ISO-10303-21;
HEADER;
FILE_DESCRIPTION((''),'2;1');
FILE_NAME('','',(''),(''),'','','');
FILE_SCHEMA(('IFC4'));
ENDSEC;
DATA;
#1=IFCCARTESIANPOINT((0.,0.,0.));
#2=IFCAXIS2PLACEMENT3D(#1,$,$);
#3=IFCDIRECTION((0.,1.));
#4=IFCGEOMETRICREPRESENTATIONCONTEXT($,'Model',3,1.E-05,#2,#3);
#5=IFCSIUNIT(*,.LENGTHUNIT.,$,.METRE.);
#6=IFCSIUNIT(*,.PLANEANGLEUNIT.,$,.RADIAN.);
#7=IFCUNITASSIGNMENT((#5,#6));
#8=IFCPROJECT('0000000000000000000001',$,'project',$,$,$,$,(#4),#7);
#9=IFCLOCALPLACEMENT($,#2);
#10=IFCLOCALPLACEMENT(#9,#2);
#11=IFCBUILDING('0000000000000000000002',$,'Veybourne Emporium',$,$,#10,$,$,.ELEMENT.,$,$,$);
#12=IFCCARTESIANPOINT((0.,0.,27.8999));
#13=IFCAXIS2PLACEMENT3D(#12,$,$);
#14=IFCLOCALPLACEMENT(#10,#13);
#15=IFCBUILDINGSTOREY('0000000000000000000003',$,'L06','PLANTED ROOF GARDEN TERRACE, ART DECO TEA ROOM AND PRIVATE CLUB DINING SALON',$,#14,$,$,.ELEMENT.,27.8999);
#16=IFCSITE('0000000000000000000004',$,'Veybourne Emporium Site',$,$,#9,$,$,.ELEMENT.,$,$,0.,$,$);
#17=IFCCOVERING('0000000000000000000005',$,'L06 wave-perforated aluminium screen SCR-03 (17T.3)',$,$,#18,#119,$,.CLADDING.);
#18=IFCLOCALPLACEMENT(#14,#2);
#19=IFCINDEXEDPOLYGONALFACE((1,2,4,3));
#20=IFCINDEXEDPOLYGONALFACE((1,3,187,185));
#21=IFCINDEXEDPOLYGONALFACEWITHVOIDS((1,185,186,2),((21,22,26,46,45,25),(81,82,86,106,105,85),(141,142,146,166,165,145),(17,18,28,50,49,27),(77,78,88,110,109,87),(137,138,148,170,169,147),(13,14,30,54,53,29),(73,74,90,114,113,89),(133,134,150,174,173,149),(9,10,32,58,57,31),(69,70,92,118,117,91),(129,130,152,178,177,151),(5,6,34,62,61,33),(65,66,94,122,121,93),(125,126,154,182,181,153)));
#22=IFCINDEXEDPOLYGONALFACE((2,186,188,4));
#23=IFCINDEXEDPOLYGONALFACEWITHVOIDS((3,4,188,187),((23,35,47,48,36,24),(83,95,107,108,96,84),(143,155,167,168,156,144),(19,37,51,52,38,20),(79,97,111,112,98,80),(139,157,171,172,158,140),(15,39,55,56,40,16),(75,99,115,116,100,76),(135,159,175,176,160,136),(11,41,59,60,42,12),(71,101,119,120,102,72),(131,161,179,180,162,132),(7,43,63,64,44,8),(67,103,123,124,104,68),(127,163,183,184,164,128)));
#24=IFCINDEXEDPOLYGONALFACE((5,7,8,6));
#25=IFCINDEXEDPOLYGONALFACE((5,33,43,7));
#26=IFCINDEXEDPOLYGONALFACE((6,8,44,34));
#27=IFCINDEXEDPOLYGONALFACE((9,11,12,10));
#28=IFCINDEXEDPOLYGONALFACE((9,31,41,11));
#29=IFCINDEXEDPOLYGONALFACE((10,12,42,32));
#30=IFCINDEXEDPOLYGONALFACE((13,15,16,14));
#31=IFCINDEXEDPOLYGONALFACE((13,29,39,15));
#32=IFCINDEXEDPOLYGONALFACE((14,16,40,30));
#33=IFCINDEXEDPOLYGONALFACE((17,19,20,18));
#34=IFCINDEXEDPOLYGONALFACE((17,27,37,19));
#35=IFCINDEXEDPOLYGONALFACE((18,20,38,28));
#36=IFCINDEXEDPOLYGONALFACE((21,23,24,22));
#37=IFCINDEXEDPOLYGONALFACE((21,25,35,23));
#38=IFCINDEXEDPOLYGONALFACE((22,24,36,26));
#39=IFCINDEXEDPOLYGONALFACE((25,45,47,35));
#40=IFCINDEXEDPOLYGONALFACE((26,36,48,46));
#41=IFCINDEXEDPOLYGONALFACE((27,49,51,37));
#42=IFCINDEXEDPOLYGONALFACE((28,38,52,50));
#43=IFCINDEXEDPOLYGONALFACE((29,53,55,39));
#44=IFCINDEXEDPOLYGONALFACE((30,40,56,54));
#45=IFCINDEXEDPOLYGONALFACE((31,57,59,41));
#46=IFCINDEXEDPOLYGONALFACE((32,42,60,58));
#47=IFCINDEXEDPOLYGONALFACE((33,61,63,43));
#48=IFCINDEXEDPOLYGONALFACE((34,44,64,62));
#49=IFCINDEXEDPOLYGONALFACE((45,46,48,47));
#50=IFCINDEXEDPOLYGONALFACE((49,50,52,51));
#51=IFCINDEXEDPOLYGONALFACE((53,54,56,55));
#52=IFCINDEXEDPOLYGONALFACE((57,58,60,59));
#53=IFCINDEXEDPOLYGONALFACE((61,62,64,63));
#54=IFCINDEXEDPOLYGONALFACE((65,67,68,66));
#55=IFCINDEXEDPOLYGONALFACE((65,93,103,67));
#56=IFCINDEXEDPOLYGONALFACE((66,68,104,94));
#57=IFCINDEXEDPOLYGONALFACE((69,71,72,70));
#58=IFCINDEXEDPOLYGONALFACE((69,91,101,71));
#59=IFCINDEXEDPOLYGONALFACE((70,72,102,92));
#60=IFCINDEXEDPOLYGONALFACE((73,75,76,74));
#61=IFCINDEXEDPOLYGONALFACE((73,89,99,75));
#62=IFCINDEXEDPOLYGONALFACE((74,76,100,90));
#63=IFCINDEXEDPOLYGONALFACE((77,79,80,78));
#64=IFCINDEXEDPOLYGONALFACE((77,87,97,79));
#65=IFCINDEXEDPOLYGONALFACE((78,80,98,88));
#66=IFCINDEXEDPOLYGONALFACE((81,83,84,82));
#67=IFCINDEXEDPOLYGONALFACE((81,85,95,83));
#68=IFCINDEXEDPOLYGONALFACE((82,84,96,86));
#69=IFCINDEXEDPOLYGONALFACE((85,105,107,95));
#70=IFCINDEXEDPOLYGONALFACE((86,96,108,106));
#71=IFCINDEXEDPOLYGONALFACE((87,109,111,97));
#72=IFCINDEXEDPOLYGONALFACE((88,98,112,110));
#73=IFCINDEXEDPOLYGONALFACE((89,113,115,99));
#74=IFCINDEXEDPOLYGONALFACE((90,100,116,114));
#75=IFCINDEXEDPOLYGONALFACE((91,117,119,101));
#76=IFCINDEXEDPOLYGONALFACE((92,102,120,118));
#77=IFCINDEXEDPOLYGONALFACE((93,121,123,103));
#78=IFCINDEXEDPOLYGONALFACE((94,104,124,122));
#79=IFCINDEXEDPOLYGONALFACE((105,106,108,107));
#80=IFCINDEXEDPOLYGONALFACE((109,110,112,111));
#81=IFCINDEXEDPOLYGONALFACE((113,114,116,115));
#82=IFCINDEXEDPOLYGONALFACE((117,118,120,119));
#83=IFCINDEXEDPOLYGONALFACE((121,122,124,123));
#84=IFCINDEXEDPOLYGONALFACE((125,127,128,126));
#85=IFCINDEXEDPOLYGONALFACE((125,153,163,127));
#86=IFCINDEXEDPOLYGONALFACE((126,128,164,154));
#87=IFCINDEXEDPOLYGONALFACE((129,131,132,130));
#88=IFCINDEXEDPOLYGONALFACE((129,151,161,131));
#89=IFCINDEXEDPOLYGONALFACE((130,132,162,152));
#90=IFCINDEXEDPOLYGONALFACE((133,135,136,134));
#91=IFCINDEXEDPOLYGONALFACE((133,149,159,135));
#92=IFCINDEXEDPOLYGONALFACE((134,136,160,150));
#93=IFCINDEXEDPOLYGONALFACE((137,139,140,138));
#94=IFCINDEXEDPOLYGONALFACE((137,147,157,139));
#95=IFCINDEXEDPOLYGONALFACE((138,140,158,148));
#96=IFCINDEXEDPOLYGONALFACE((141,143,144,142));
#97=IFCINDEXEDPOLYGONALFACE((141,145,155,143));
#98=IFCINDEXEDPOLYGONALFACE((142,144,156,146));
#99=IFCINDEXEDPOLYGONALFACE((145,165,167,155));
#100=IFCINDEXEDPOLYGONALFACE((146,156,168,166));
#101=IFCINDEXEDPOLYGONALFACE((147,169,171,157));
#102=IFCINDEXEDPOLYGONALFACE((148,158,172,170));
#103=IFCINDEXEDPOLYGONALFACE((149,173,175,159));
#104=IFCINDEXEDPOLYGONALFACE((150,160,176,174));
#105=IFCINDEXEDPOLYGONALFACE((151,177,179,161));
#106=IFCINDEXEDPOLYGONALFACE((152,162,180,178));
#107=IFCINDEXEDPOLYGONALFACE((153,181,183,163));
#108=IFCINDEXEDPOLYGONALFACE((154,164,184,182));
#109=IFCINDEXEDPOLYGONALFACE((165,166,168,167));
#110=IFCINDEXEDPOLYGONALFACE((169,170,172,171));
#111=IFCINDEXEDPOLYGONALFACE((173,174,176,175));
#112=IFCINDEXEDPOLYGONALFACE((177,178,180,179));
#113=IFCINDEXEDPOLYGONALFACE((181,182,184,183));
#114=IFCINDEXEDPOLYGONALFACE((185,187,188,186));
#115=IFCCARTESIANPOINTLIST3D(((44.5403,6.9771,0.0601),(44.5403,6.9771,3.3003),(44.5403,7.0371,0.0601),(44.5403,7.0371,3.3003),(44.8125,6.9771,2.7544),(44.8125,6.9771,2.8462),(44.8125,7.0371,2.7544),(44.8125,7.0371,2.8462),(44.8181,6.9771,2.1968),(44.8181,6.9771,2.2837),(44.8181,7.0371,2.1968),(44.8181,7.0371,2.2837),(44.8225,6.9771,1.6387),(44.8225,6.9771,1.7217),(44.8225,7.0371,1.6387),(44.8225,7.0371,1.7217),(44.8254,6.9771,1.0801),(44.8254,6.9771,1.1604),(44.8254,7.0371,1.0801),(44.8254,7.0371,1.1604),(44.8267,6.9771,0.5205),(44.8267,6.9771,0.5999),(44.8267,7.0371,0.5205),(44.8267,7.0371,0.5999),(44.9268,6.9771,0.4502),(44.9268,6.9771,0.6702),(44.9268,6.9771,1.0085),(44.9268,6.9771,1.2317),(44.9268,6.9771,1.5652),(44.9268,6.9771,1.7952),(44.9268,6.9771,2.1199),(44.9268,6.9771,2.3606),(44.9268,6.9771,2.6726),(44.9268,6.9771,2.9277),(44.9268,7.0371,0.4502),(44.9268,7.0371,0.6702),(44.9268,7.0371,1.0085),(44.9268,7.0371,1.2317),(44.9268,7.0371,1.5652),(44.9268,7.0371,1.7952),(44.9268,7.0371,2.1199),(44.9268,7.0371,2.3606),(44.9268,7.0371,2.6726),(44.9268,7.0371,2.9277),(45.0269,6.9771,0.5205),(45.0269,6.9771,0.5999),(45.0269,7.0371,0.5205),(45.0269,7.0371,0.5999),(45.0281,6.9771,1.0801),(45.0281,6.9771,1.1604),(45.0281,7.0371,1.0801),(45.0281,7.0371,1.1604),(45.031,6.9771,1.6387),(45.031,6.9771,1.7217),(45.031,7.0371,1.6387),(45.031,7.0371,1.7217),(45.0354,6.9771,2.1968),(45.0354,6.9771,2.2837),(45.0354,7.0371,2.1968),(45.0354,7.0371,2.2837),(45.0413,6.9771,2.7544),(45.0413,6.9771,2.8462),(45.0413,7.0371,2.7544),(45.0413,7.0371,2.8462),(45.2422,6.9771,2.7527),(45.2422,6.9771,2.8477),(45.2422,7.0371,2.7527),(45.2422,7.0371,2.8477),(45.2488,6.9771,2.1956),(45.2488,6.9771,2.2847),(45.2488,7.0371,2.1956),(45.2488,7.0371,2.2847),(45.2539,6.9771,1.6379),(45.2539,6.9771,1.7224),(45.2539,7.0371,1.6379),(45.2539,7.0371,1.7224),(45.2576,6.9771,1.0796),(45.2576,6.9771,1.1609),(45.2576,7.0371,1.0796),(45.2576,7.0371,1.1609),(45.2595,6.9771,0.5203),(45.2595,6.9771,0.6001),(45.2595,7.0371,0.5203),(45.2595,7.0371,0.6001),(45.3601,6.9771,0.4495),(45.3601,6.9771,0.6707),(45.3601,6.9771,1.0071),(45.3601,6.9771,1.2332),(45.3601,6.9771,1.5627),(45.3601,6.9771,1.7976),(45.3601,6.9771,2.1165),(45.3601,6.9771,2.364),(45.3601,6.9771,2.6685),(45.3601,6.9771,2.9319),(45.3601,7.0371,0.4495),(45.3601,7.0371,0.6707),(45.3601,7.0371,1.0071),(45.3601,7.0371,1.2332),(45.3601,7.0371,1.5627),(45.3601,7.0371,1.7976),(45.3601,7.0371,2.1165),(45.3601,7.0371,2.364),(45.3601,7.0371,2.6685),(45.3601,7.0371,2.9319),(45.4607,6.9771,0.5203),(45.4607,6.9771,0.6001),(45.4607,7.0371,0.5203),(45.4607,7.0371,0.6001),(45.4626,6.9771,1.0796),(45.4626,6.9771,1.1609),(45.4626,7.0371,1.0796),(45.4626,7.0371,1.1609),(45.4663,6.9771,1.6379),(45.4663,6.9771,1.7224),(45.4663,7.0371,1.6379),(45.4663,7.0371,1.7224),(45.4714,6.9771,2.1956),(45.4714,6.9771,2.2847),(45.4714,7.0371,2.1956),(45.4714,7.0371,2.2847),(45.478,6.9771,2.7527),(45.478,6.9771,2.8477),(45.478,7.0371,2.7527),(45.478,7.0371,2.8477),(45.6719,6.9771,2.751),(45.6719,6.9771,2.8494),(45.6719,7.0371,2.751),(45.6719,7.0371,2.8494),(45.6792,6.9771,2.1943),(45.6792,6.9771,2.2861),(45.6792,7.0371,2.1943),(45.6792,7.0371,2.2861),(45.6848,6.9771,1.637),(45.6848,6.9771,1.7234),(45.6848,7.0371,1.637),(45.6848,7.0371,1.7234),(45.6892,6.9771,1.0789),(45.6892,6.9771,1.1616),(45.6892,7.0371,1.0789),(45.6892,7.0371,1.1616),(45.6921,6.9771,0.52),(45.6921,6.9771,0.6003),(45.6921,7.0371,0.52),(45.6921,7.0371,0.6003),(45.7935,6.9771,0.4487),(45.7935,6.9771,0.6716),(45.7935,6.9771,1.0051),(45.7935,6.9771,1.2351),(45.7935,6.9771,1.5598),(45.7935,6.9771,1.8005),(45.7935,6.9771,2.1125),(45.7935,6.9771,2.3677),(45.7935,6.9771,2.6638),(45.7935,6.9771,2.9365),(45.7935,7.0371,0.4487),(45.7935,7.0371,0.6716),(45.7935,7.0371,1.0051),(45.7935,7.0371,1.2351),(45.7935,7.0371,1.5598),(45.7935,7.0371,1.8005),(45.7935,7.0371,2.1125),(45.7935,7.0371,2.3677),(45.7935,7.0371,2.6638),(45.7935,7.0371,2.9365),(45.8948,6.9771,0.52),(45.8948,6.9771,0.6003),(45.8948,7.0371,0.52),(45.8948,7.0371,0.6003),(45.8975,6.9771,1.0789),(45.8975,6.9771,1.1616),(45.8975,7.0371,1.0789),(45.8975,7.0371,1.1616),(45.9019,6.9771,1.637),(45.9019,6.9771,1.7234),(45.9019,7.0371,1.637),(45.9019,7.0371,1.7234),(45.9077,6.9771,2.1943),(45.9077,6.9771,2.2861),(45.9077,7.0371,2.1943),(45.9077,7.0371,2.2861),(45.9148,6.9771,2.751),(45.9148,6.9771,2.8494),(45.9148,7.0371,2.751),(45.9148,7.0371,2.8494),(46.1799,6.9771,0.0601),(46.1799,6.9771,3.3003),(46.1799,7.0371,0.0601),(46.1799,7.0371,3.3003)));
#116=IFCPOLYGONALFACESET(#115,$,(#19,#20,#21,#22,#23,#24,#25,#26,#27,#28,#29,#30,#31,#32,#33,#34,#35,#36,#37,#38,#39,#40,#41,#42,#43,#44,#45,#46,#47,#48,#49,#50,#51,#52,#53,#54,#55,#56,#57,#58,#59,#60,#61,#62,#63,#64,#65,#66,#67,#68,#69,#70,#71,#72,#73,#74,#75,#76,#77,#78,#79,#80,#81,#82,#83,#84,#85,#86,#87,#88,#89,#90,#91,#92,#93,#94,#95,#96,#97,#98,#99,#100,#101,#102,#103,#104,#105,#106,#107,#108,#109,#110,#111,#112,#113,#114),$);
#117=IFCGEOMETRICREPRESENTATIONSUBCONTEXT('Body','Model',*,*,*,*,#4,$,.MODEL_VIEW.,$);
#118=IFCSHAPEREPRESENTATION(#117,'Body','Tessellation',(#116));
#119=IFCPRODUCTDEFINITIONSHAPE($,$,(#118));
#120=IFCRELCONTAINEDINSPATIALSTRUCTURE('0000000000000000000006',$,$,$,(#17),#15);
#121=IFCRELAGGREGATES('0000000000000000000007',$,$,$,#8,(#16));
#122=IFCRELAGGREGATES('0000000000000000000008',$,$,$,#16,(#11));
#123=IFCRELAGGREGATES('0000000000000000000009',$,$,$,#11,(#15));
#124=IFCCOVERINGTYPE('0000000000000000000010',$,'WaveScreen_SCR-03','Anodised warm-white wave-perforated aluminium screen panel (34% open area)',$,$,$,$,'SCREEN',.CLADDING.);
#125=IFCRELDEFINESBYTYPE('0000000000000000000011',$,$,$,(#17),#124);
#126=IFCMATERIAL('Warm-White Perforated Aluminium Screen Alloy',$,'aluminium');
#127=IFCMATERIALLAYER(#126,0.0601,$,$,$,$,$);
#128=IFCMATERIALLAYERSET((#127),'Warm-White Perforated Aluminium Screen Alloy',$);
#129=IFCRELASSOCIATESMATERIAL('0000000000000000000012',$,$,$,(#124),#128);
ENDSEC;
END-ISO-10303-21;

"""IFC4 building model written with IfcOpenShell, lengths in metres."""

from ifc_helpers import new_model, si_unit, direction, frame, origin, place, context, subcontext, project, spatial, polyline, outline, extrude, material, layer, layer_set, type_object, element, save


model = new_model("IFC4")

# Units and contexts
model_context = context("Model", 3, precision=1e-05, world=origin(), true_north=direction((0.0, 1.0)))
body_context = subcontext(model_context, "Body", "Model", "MODEL_VIEW")
ifc_project = project(units=[si_unit("LENGTHUNIT", "METRE"), si_unit("PLANEANGLEUNIT", "RADIAN")], contexts=[model_context])

# Site, building, storey
site_placement = place(None, origin())
site = spatial("IfcSite", under=ifc_project, at=site_placement, Name="Veybourne Emporium Site", CompositionType="ELEMENT", RefElevation=0.0)
building_placement = place(site_placement, origin())
building = spatial("IfcBuilding", under=site, at=building_placement, Name="Veybourne Emporium", CompositionType="ELEMENT")
storey_placement = place(building_placement, frame((0.0, 0.0, 27.8999)))
storey = spatial("IfcBuildingStorey", under=building, at=storey_placement, Name="L06", Description="PLANTED ROOF GARDEN TERRACE, ART DECO TEA ROOM AND PRIVATE CLUB DINING SALON", CompositionType="ELEMENT", Elevation=27.8999)

# Covering
ifc_material_1 = material(Name="Warm-White Perforated Aluminium Screen Alloy", Category="aluminium")
ifc_layer_1 = layer(ifc_material_1, 0.0601)
ifc_layer_set_1 = layer_set([ifc_layer_1], Name="Warm-White Perforated Aluminium Screen Alloy")
covering_type_1 = type_object("IfcCoveringType", Name="WaveScreen_SCR-03", Description="Anodised warm-white wave-perforated aluminium screen panel (34% open area)", ElementType="SCREEN", PredefinedType="CLADDING", material=ifc_layer_set_1)
covering_1_placement = place(storey_placement, frame((45.3601, 6.9771, 1.6802), z_axis=(0.0, 1.0, 0.0), x_axis=(-1.0, 0.0, 0.0)))
element("IfcCovering", 1, at=covering_1_placement, inside=storey, type_object=covering_type_1, Name="L06 wave-perforated aluminium screen SCR-03 (17T.3)", PredefinedType="CLADDING", context=body_context, shape_type="SweptSolid", body=[
    extrude(outline(polyline([(-0.8198, -1.6201), (0.8198, -1.6201), (0.8198, 1.6201), (-0.8198, 1.6201), (-0.8198, -1.6201)]), holes=[polyline([(-0.4333, -1.0085), (-0.332, -1.0798), (-0.332, -1.1602), (-0.4333, -1.2314), (-0.5347, -1.1602), (-0.5347, -1.0798), (-0.4333, -1.0085)]), polyline([(-0.4333, -0.4451), (-0.3291, -0.5186), (-0.3291, -0.6013), (-0.4333, -0.675), (-0.5374, -0.6013), (-0.5374, -0.5186), (-0.4333, -0.4451)]), polyline([(-0.4333, 0.1204), (-0.3247, 0.0432), (-0.3247, -0.0432), (-0.4333, -0.1204), (-0.5417, -0.0432), (-0.5417, 0.0432), (-0.4333, 0.1204)]), polyline([(-0.4333, 0.6875), (-0.3191, 0.606), (-0.3191, 0.5142), (-0.4333, 0.4324), (-0.5476, 0.5142), (-0.5476, 0.606), (-0.4333, 0.6875)]), polyline([(-0.4333, 1.2563), (-0.3118, 1.1692), (-0.3118, 1.0708), (-0.4333, 0.9836), (-0.5547, 1.0708), (-0.5547, 1.1692), (-0.4333, 1.2563)]), polyline([(0.0, -1.0095), (0.1006, -1.0801), (0.1006, -1.1599), (0.0, -1.2307), (-0.1006, -1.1599), (-0.1006, -1.0801), (0.0, -1.0095)]), polyline([(0.0, -0.447), (0.1025, -0.5193), (0.1025, -0.6006), (0.0, -0.6731), (-0.1025, -0.6006), (-0.1025, -0.5193), (0.0, -0.447)]), polyline([(0.0, 0.1174), (0.1062, 0.0422), (0.1062, -0.0422), (0.0, -0.1174), (-0.1062, -0.0422), (-0.1062, 0.0422), (0.0, 0.1174)]), polyline([(0.0, 0.6838), (0.1113, 0.6045), (0.1113, 0.5154), (0.0, 0.4363), (-0.1113, 0.5154), (-0.1113, 0.6045), (0.0, 0.6838)]), polyline([(0.0, 1.2517), (0.1179, 1.1675), (0.1179, 1.0725), (0.0, 0.9883), (-0.1179, 1.0725), (-0.1179, 1.1675), (0.0, 1.2517)]), polyline([(0.4333, -1.01), (0.5334, -1.0803), (0.5334, -1.1597), (0.4333, -1.23), (0.3333, -1.1597), (0.3333, -1.0803), (0.4333, -1.01)]), polyline([(0.4333, -0.4485), (0.5347, -0.5198), (0.5347, -0.6001), (0.4333, -0.6716), (0.332, -0.6001), (0.332, -0.5198), (0.4333, -0.4485)]), polyline([(0.4333, 0.115), (0.5376, 0.0415), (0.5376, -0.0415), (0.4333, -0.115), (0.3291, -0.0415), (0.3291, 0.0415), (0.4333, 0.115)]), polyline([(0.4333, 0.6804), (0.542, 0.6035), (0.542, 0.5166), (0.4333, 0.4397), (0.3247, 0.5166), (0.3247, 0.6035), (0.4333, 0.6804)]), polyline([(0.4333, 1.2476), (0.5476, 1.166), (0.5476, 1.0742), (0.4333, 0.9924), (0.3188, 1.0742), (0.3188, 1.166), (0.4333, 1.2476)])]), origin(), (0.0, 0.0, 1.0), 0.0601),
])

save(model, "model.ifc")
